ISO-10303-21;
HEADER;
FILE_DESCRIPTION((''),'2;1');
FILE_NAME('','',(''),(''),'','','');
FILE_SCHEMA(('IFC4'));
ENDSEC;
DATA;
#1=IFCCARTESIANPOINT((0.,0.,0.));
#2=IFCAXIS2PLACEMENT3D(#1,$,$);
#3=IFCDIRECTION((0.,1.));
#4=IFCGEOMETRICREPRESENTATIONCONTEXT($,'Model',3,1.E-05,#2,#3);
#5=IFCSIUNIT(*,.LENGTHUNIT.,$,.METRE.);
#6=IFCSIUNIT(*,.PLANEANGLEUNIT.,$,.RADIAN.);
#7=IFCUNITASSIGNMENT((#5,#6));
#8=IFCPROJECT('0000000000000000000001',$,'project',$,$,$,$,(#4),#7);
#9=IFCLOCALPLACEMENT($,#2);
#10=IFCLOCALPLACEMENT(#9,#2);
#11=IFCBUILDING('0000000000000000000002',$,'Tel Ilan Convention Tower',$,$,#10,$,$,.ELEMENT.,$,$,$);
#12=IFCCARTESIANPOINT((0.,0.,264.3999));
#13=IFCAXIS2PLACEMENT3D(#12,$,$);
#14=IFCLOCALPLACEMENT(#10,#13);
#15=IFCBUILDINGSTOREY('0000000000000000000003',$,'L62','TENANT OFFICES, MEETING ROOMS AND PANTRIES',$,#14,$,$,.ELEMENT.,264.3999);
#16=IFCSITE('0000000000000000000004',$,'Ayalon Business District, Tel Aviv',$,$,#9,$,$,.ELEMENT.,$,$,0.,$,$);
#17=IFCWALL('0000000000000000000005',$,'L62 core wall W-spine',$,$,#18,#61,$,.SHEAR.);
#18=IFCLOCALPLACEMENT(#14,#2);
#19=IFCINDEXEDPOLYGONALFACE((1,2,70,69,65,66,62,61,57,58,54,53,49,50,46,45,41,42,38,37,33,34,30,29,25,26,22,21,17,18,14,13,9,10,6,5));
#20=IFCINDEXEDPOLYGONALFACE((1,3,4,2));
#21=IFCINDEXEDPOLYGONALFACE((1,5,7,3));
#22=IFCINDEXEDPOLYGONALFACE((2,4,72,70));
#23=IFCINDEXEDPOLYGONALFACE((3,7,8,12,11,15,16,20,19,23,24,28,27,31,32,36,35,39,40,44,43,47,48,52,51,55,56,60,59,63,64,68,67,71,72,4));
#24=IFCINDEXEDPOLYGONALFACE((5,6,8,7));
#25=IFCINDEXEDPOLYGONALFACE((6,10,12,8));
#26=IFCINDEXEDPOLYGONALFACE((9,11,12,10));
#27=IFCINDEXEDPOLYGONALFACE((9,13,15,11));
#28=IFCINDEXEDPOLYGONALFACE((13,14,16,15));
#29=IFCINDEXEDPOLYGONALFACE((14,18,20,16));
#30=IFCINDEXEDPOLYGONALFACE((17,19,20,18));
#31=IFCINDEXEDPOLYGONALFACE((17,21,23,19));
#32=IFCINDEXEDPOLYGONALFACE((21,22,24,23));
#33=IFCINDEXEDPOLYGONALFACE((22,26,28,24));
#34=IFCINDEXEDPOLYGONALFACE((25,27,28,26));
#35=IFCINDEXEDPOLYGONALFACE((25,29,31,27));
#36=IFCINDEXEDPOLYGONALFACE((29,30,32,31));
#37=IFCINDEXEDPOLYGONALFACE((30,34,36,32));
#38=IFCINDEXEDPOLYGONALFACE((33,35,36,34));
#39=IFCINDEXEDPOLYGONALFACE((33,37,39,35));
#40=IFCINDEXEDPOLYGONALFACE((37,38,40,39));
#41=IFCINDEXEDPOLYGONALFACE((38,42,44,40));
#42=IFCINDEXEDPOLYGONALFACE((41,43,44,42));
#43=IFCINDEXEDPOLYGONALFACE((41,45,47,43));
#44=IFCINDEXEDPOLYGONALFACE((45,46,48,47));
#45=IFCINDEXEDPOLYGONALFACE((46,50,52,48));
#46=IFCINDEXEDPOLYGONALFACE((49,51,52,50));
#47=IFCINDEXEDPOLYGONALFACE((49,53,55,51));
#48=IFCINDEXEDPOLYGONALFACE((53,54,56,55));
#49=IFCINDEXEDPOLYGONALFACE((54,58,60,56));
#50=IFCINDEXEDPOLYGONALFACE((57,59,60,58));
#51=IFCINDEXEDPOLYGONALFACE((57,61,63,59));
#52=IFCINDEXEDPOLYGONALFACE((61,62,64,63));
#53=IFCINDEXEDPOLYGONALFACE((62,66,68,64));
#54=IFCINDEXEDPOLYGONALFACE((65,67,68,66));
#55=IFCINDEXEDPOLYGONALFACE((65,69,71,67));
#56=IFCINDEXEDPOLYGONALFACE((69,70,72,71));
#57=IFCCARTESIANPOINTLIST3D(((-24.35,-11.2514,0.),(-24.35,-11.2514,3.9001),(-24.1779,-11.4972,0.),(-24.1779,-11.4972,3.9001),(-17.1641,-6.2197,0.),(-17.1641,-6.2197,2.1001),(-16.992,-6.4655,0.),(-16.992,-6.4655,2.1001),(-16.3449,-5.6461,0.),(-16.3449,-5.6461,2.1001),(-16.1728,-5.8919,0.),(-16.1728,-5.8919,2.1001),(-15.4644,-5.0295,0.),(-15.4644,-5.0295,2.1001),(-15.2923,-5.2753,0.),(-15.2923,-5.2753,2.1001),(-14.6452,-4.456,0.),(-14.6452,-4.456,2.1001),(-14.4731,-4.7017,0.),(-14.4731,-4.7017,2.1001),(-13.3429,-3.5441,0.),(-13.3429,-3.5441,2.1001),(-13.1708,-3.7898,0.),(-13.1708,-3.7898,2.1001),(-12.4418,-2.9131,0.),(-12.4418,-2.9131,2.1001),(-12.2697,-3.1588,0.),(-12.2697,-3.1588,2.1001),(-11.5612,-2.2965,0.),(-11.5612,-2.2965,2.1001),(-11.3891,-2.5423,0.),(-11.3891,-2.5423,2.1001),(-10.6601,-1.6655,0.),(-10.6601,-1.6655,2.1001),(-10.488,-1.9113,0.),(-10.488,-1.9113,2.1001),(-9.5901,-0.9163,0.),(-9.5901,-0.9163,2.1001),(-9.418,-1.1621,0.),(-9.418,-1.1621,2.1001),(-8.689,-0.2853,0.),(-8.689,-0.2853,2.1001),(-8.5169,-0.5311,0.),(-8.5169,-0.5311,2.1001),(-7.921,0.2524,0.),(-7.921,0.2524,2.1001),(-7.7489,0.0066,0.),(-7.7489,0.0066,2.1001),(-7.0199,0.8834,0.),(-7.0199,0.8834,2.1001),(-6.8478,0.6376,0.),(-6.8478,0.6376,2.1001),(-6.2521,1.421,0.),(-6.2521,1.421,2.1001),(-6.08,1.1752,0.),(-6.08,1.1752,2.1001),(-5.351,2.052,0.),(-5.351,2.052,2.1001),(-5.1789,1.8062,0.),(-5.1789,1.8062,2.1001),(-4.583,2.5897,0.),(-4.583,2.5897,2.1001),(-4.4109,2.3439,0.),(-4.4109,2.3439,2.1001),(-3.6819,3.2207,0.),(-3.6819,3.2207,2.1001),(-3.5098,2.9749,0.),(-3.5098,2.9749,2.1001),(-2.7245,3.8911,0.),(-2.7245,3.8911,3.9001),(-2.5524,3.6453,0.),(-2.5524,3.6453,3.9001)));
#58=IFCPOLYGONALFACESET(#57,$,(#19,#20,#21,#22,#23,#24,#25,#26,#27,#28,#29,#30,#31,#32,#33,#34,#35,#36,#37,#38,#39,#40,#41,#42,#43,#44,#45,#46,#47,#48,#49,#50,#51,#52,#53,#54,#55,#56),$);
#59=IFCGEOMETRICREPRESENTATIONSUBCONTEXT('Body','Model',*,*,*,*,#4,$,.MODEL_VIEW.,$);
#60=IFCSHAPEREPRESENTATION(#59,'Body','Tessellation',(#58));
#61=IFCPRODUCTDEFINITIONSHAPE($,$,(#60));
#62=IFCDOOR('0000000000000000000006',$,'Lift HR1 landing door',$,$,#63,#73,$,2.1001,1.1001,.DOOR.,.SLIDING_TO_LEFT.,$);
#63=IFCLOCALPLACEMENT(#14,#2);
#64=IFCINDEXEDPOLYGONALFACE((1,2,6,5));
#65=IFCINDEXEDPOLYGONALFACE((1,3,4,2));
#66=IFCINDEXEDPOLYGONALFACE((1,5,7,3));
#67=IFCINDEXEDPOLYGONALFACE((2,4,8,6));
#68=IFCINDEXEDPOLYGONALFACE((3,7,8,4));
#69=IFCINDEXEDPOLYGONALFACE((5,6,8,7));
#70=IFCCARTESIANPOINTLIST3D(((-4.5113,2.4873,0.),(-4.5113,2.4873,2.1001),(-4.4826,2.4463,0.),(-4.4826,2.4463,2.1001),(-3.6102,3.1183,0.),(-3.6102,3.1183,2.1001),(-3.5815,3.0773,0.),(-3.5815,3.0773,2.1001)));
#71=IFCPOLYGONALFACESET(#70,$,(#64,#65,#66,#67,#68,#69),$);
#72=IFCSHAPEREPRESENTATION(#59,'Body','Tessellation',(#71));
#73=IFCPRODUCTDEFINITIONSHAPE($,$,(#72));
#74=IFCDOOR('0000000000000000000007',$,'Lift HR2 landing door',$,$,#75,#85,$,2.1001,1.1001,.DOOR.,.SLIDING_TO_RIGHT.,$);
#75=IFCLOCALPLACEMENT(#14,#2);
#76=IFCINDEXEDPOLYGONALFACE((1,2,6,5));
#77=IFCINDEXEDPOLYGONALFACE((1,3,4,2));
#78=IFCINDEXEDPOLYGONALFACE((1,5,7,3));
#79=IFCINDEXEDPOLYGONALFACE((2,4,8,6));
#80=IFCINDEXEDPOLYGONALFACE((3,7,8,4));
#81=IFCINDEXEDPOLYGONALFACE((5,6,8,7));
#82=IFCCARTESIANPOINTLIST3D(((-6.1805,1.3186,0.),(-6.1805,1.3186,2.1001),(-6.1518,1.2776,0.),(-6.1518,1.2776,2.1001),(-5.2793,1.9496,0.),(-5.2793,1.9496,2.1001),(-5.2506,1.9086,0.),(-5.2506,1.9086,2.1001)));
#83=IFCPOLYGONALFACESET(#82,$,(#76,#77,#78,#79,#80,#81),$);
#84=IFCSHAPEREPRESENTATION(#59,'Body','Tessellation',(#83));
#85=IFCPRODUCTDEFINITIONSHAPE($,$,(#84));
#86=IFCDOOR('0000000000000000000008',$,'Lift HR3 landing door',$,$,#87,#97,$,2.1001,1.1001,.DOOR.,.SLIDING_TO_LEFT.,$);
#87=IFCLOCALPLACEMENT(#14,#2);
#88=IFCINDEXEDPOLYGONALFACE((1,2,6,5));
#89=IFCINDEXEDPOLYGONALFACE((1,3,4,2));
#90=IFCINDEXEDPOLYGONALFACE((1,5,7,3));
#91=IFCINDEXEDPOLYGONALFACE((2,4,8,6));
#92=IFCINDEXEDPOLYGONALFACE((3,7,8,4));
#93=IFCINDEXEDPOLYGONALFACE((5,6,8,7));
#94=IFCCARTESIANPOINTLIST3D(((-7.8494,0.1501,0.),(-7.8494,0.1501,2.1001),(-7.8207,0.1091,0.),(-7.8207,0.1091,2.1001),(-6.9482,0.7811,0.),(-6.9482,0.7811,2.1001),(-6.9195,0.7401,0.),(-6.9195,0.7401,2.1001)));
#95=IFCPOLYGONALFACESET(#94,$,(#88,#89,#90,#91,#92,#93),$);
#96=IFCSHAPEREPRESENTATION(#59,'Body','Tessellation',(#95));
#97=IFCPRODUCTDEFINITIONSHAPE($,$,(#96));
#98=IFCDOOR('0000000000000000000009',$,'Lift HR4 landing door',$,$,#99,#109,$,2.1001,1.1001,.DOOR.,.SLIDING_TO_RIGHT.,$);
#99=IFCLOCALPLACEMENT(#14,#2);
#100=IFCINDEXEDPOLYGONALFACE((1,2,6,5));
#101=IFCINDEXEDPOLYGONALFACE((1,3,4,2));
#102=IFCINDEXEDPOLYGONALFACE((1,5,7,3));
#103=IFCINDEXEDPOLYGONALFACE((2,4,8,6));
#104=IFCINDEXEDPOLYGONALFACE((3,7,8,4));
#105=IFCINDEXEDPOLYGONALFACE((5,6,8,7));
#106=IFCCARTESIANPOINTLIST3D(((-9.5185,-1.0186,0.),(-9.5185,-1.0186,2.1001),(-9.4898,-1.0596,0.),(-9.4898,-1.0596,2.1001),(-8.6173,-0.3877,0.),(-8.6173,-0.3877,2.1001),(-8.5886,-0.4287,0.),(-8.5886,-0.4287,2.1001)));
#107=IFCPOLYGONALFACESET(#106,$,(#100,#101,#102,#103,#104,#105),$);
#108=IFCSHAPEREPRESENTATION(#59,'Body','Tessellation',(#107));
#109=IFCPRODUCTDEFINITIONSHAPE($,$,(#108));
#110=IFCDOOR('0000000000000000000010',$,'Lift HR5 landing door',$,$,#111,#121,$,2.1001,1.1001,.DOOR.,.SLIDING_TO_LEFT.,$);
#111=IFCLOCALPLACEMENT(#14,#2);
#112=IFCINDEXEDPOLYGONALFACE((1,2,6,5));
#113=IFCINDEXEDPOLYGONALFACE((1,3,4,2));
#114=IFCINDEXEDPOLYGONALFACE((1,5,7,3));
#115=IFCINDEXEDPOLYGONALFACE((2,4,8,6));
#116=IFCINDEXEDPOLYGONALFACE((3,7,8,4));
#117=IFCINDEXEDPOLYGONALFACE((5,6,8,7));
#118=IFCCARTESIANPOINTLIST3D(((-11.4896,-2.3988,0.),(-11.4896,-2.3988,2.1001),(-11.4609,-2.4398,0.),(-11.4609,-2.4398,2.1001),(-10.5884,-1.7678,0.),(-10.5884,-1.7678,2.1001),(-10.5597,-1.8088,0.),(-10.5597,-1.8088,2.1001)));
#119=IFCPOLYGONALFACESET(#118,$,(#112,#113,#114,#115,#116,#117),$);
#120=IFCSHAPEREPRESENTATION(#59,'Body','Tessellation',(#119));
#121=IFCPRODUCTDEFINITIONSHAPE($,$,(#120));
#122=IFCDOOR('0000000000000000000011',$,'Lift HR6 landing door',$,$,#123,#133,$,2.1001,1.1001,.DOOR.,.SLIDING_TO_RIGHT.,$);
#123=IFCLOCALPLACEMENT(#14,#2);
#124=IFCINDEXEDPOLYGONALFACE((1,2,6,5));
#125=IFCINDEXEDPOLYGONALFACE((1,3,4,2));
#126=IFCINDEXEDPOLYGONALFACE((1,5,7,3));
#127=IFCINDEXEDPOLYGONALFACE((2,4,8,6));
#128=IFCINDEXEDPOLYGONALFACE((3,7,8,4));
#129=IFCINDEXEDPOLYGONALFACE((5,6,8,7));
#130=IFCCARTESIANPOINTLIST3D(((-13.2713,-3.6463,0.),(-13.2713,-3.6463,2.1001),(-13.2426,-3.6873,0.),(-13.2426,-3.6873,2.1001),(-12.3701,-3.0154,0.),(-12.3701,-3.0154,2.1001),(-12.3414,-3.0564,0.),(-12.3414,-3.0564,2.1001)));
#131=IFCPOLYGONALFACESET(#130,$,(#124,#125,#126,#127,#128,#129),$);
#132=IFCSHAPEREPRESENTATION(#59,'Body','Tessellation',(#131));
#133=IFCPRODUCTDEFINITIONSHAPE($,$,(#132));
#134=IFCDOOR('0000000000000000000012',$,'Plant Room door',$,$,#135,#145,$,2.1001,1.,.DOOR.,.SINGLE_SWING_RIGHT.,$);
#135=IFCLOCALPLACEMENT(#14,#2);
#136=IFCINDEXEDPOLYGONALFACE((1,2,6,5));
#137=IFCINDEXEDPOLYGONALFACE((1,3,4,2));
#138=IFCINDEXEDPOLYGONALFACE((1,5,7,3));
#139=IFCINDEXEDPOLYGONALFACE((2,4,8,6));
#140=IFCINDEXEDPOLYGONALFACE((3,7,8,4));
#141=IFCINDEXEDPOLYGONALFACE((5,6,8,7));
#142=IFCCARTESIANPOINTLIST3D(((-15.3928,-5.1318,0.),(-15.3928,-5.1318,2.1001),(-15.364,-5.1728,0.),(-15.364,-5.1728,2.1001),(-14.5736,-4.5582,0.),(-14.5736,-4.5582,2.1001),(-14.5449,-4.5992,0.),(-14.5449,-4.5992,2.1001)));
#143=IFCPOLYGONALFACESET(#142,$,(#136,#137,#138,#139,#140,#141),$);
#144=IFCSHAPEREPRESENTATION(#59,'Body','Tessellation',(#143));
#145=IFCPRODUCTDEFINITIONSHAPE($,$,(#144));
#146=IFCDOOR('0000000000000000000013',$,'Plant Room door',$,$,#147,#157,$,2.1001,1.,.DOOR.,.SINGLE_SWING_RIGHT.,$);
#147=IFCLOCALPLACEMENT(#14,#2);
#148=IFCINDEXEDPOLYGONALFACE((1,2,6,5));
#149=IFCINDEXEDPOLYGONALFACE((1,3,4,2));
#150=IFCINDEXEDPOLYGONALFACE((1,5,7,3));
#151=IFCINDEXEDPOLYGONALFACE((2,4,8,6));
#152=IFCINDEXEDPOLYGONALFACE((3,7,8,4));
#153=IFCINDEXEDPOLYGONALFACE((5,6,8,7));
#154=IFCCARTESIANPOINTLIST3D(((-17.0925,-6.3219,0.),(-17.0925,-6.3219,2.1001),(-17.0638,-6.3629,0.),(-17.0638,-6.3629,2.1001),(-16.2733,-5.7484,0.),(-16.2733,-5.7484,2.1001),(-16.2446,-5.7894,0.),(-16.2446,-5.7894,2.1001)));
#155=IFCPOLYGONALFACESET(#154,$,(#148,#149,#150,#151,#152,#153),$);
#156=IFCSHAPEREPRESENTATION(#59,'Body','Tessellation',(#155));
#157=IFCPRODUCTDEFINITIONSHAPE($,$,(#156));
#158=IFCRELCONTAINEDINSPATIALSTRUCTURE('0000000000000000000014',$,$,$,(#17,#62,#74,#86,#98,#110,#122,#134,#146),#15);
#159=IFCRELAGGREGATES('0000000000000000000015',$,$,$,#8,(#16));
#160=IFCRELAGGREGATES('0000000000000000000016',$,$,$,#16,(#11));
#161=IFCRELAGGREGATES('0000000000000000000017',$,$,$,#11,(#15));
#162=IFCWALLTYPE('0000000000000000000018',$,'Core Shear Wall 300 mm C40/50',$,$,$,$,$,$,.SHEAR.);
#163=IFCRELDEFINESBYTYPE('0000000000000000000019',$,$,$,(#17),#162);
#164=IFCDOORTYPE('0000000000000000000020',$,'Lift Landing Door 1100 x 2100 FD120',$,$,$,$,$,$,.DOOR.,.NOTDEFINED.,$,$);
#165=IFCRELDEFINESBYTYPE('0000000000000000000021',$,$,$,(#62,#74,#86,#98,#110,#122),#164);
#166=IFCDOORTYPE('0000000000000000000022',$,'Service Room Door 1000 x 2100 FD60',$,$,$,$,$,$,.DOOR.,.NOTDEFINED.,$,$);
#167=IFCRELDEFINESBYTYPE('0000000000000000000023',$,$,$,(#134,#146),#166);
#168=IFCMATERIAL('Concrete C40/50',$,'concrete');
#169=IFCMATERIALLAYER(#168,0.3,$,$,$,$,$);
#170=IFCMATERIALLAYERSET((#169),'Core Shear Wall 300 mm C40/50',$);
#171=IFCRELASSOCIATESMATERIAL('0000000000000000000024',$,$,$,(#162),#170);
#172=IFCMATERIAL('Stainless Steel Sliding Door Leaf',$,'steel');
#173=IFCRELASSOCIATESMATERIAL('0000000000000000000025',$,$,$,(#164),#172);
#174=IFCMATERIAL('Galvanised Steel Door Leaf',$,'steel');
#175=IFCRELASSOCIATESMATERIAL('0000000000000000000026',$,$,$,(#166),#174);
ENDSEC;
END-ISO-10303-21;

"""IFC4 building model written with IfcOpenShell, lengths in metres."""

from ifc_helpers import new_model, si_unit, direction, frame, frame_2d, origin, place, context, subcontext, project, spatial, polyline, rectangle, outline, extrude, material, layer, layer_set, type_object, element, fill, save


model = new_model("IFC4")

# Units and contexts
model_context = context("Model", 3, precision=1e-05, world=origin(), true_north=direction((0.0, 1.0)))
body_context = subcontext(model_context, "Body", "Model", "MODEL_VIEW")
ifc_project = project(units=[si_unit("LENGTHUNIT", "METRE"), si_unit("PLANEANGLEUNIT", "RADIAN")], contexts=[model_context])

# Site, building, storey
site_placement = place(None, origin())
site = spatial("IfcSite", under=ifc_project, at=site_placement, Name="Ayalon Business District, Tel Aviv", CompositionType="ELEMENT", RefElevation=0.0)
building_placement = place(site_placement, origin())
building = spatial("IfcBuilding", under=site, at=building_placement, Name="Tel Ilan Convention Tower", CompositionType="ELEMENT")
storey_placement = place(building_placement, frame((0.0, 0.0, 264.3999)))
storey = spatial("IfcBuildingStorey", under=building, at=storey_placement, Name="L62", Description="TENANT OFFICES, MEETING ROOMS AND PANTRIES", CompositionType="ELEMENT", Elevation=264.3999)

# Wall, openings, doors
ifc_material_1 = material(Name="Concrete C40/50", Category="concrete")
ifc_layer_1 = layer(ifc_material_1, 0.3)
ifc_layer_set_1 = layer_set([ifc_layer_1], Name="Core Shear Wall 300 mm C40/50")
wall_type_1 = type_object("IfcWallType", Name="Core Shear Wall 300 mm C40/50", PredefinedType="SHEAR", material=ifc_layer_set_1)
wall_1_placement = place(storey_placement, frame((-2.6384, 3.7681, 0.0), z_axis=(0.0, 0.0, 1.0), x_axis=(-0.819155, -0.573572, 0.0)))
wall_1 = element("IfcWall", 1, at=wall_1_placement, inside=storey, type_object=wall_type_1, Name="L62 core wall W-spine", PredefinedType="SHEAR", context=body_context, shape_type="SweptSolid", body=[
    extrude(outline(polyline([(26.3999, 0.1501), (0.0, 0.1499), (0.0, -0.1501), (26.3999, -0.1499), (26.3999, 0.1501)])), origin(), (0.0, 0.0, 1.0), 3.9001),
])
opening_1_placement = place(wall_1_placement, frame((1.1687, 0.0, 0.0)))
opening_1 = element("IfcOpeningElement", 2, at=opening_1_placement, cuts=wall_1, PredefinedType="OPENING", context=body_context, shape_type="SweptSolid", body=[
    extrude(rectangle(XDim=1.1001, YDim=2.1001, at=frame_2d((0.55, 1.05))), frame((0.0, 0.1599, 0.0), z_axis=(0.0, -1.0, 0.0), x_axis=(1.0, 0.0, 0.0)), (0.0, 0.0, 1.0), 0.3201),
])
opening_2_placement = place(wall_1_placement, frame((3.2063, 0.0, 0.0)))
opening_2 = element("IfcOpeningElement", 3, at=opening_2_placement, cuts=wall_1, PredefinedType="OPENING", context=body_context, shape_type="SweptSolid", body=[
    extrude(rectangle(XDim=1.1001, YDim=2.1001, at=frame_2d((0.55, 1.05))), frame((0.0, 0.1599, 0.0), z_axis=(0.0, -1.0, 0.0), x_axis=(1.0, 0.0, 0.0)), (0.0, 0.0, 1.0), 0.3201),
])
opening_3_placement = place(wall_1_placement, frame((5.2437, 0.0, 0.0)))
opening_3 = element("IfcOpeningElement", 4, at=opening_3_placement, cuts=wall_1, PredefinedType="OPENING", context=body_context, shape_type="SweptSolid", body=[
    extrude(rectangle(XDim=1.1001, YDim=2.1001, at=frame_2d((0.55, 1.05))), frame((0.0, 0.1599, 0.0), z_axis=(0.0, -1.0, 0.0), x_axis=(1.0, 0.0, 0.0)), (0.0, 0.0, 1.0), 0.3201),
])
opening_4_placement = place(wall_1_placement, frame((7.2812, 0.0, 0.0)))
opening_4 = element("IfcOpeningElement", 5, at=opening_4_placement, cuts=wall_1, PredefinedType="OPENING", context=body_context, shape_type="SweptSolid", body=[
    extrude(rectangle(XDim=1.1001, YDim=2.1001, at=frame_2d((0.55, 1.05))), frame((0.0, 0.1599, 0.0), z_axis=(0.0, -1.0, 0.0), x_axis=(1.0, 0.0, 0.0)), (0.0, 0.0, 1.0), 0.3201),
])
opening_5_placement = place(wall_1_placement, frame((9.6875, 0.0, 0.0)))
opening_5 = element("IfcOpeningElement", 6, at=opening_5_placement, cuts=wall_1, PredefinedType="OPENING", context=body_context, shape_type="SweptSolid", body=[
    extrude(rectangle(XDim=1.1001, YDim=2.1001, at=frame_2d((0.55, 1.05))), frame((0.0, 0.1599, 0.0), z_axis=(0.0, -1.0, 0.0), x_axis=(1.0, 0.0, 0.0)), (0.0, 0.0, 1.0), 0.3201),
])
opening_6_placement = place(wall_1_placement, frame((11.8625, 0.0, 0.0)))
opening_6 = element("IfcOpeningElement", 7, at=opening_6_placement, cuts=wall_1, PredefinedType="OPENING", context=body_context, shape_type="SweptSolid", body=[
    extrude(rectangle(XDim=1.1001, YDim=2.1001, at=frame_2d((0.55, 1.05))), frame((0.0, 0.1599, 0.0), z_axis=(0.0, -1.0, 0.0), x_axis=(1.0, 0.0, 0.0)), (0.0, 0.0, 1.0), 0.3201),
])
opening_7_placement = place(wall_1_placement, frame((14.5525, 0.0, 0.0)))
opening_7 = element("IfcOpeningElement", 8, at=opening_7_placement, cuts=wall_1, PredefinedType="OPENING", context=body_context, shape_type="SweptSolid", body=[
    extrude(rectangle(XDim=1.0, YDim=2.1001, at=frame_2d((0.5, 1.05))), frame((0.0, 0.1599, 0.0), z_axis=(0.0, -1.0, 0.0), x_axis=(1.0, 0.0, 0.0)), (0.0, 0.0, 1.0), 0.3201),
])
opening_8_placement = place(wall_1_placement, frame((16.6274, 0.0, 0.0)))
opening_8 = element("IfcOpeningElement", 9, at=opening_8_placement, cuts=wall_1, PredefinedType="OPENING", context=body_context, shape_type="SweptSolid", body=[
    extrude(rectangle(XDim=1.0, YDim=2.1001, at=frame_2d((0.5, 1.05))), frame((0.0, 0.1599, 0.0), z_axis=(0.0, -1.0, 0.0), x_axis=(1.0, 0.0, 0.0)), (0.0, 0.0, 1.0), 0.3201),
])
ifc_material_2 = material(Name="Stainless Steel Sliding Door Leaf", Category="steel")
door_type_1 = type_object("IfcDoorType", Name="Lift Landing Door 1100 x 2100 FD120", OperationType="NOTDEFINED", PredefinedType="DOOR", material=ifc_material_2)
door_1_placement = place(opening_1_placement, origin())
door_1 = element("IfcDoor", 10, at=door_1_placement, inside=storey, type_object=door_type_1, Name="Lift HR1 landing door", OperationType="SLIDING_TO_LEFT", OverallHeight=2.1001, OverallWidth=1.1001, PredefinedType="DOOR", context=body_context, shape_type="SweptSolid", body=[
    extrude(rectangle(XDim=1.1001, YDim=2.1001, at=frame_2d((0.55, 1.05))), frame((0.0, 0.0249, 0.0), z_axis=(0.0, -1.0, 0.0), x_axis=(1.0, 0.0, 0.0)), (0.0, 0.0, 1.0), 0.05),
])
fill(opening_1, door_1)
door_2_placement = place(opening_2_placement, origin())
door_2 = element("IfcDoor", 11, at=door_2_placement, inside=storey, type_object=door_type_1, Name="Lift HR2 landing door", OperationType="SLIDING_TO_RIGHT", OverallHeight=2.1001, OverallWidth=1.1001, PredefinedType="DOOR", context=body_context, shape_type="SweptSolid", body=[
    extrude(rectangle(XDim=1.1001, YDim=2.1001, at=frame_2d((0.55, 1.05))), frame((0.0, 0.0249, 0.0), z_axis=(0.0, -1.0, 0.0), x_axis=(1.0, 0.0, 0.0)), (0.0, 0.0, 1.0), 0.05),
])
fill(opening_2, door_2)
door_3_placement = place(opening_3_placement, origin())
door_3 = element("IfcDoor", 12, at=door_3_placement, inside=storey, type_object=door_type_1, Name="Lift HR3 landing door", OperationType="SLIDING_TO_LEFT", OverallHeight=2.1001, OverallWidth=1.1001, PredefinedType="DOOR", context=body_context, shape_type="SweptSolid", body=[
    extrude(rectangle(XDim=1.1001, YDim=2.1001, at=frame_2d((0.55, 1.05))), frame((0.0, 0.0249, 0.0), z_axis=(0.0, -1.0, 0.0), x_axis=(1.0, 0.0, 0.0)), (0.0, 0.0, 1.0), 0.05),
])
fill(opening_3, door_3)
door_4_placement = place(opening_4_placement, origin())
door_4 = element("IfcDoor", 13, at=door_4_placement, inside=storey, type_object=door_type_1, Name="Lift HR4 landing door", OperationType="SLIDING_TO_RIGHT", OverallHeight=2.1001, OverallWidth=1.1001, PredefinedType="DOOR", context=body_context, shape_type="SweptSolid", body=[
    extrude(rectangle(XDim=1.1001, YDim=2.1001, at=frame_2d((0.55, 1.05))), frame((0.0, 0.0249, 0.0), z_axis=(0.0, -1.0, 0.0), x_axis=(1.0, 0.0, 0.0)), (0.0, 0.0, 1.0), 0.05),
])
fill(opening_4, door_4)
door_5_placement = place(opening_5_placement, origin())
door_5 = element("IfcDoor", 14, at=door_5_placement, inside=storey, type_object=door_type_1, Name="Lift HR5 landing door", OperationType="SLIDING_TO_LEFT", OverallHeight=2.1001, OverallWidth=1.1001, PredefinedType="DOOR", context=body_context, shape_type="SweptSolid", body=[
    extrude(rectangle(XDim=1.1001, YDim=2.1001, at=frame_2d((0.55, 1.05))), frame((0.0, 0.0249, 0.0), z_axis=(0.0, -1.0, 0.0), x_axis=(1.0, 0.0, 0.0)), (0.0, 0.0, 1.0), 0.05),
])
fill(opening_5, door_5)
door_6_placement = place(opening_6_placement, origin())
door_6 = element("IfcDoor", 15, at=door_6_placement, inside=storey, type_object=door_type_1, Name="Lift HR6 landing door", OperationType="SLIDING_TO_RIGHT", OverallHeight=2.1001, OverallWidth=1.1001, PredefinedType="DOOR", context=body_context, shape_type="SweptSolid", body=[
    extrude(rectangle(XDim=1.1001, YDim=2.1001, at=frame_2d((0.55, 1.05))), frame((0.0, 0.0249, 0.0), z_axis=(0.0, -1.0, 0.0), x_axis=(1.0, 0.0, 0.0)), (0.0, 0.0, 1.0), 0.05),
])
fill(opening_6, door_6)
ifc_material_3 = material(Name="Galvanised Steel Door Leaf", Category="steel")
door_type_2 = type_object("IfcDoorType", Name="Service Room Door 1000 x 2100 FD60", OperationType="NOTDEFINED", PredefinedType="DOOR", material=ifc_material_3)
door_7_placement = place(opening_7_placement, origin())
door_7 = element("IfcDoor", 16, at=door_7_placement, inside=storey, type_object=door_type_2, Name="Plant Room door", OperationType="SINGLE_SWING_RIGHT", OverallHeight=2.1001, OverallWidth=1.0, PredefinedType="DOOR", context=body_context, shape_type="SweptSolid", body=[
    extrude(rectangle(XDim=1.0, YDim=2.1001, at=frame_2d((0.5, 1.05))), frame((0.0, 0.0249, 0.0), z_axis=(0.0, -1.0, 0.0), x_axis=(1.0, 0.0, 0.0)), (0.0, 0.0, 1.0), 0.05),
])
fill(opening_7, door_7)
door_8_placement = place(opening_8_placement, origin())
door_8 = element("IfcDoor", 17, at=door_8_placement, inside=storey, type_object=door_type_2, Name="Plant Room door", OperationType="SINGLE_SWING_RIGHT", OverallHeight=2.1001, OverallWidth=1.0, PredefinedType="DOOR", context=body_context, shape_type="SweptSolid", body=[
    extrude(rectangle(XDim=1.0, YDim=2.1001, at=frame_2d((0.5, 1.05))), frame((0.0, 0.0249, 0.0), z_axis=(0.0, -1.0, 0.0), x_axis=(1.0, 0.0, 0.0)), (0.0, 0.0, 1.0), 0.05),
])
fill(opening_8, door_8)

save(model, "model.ifc")
